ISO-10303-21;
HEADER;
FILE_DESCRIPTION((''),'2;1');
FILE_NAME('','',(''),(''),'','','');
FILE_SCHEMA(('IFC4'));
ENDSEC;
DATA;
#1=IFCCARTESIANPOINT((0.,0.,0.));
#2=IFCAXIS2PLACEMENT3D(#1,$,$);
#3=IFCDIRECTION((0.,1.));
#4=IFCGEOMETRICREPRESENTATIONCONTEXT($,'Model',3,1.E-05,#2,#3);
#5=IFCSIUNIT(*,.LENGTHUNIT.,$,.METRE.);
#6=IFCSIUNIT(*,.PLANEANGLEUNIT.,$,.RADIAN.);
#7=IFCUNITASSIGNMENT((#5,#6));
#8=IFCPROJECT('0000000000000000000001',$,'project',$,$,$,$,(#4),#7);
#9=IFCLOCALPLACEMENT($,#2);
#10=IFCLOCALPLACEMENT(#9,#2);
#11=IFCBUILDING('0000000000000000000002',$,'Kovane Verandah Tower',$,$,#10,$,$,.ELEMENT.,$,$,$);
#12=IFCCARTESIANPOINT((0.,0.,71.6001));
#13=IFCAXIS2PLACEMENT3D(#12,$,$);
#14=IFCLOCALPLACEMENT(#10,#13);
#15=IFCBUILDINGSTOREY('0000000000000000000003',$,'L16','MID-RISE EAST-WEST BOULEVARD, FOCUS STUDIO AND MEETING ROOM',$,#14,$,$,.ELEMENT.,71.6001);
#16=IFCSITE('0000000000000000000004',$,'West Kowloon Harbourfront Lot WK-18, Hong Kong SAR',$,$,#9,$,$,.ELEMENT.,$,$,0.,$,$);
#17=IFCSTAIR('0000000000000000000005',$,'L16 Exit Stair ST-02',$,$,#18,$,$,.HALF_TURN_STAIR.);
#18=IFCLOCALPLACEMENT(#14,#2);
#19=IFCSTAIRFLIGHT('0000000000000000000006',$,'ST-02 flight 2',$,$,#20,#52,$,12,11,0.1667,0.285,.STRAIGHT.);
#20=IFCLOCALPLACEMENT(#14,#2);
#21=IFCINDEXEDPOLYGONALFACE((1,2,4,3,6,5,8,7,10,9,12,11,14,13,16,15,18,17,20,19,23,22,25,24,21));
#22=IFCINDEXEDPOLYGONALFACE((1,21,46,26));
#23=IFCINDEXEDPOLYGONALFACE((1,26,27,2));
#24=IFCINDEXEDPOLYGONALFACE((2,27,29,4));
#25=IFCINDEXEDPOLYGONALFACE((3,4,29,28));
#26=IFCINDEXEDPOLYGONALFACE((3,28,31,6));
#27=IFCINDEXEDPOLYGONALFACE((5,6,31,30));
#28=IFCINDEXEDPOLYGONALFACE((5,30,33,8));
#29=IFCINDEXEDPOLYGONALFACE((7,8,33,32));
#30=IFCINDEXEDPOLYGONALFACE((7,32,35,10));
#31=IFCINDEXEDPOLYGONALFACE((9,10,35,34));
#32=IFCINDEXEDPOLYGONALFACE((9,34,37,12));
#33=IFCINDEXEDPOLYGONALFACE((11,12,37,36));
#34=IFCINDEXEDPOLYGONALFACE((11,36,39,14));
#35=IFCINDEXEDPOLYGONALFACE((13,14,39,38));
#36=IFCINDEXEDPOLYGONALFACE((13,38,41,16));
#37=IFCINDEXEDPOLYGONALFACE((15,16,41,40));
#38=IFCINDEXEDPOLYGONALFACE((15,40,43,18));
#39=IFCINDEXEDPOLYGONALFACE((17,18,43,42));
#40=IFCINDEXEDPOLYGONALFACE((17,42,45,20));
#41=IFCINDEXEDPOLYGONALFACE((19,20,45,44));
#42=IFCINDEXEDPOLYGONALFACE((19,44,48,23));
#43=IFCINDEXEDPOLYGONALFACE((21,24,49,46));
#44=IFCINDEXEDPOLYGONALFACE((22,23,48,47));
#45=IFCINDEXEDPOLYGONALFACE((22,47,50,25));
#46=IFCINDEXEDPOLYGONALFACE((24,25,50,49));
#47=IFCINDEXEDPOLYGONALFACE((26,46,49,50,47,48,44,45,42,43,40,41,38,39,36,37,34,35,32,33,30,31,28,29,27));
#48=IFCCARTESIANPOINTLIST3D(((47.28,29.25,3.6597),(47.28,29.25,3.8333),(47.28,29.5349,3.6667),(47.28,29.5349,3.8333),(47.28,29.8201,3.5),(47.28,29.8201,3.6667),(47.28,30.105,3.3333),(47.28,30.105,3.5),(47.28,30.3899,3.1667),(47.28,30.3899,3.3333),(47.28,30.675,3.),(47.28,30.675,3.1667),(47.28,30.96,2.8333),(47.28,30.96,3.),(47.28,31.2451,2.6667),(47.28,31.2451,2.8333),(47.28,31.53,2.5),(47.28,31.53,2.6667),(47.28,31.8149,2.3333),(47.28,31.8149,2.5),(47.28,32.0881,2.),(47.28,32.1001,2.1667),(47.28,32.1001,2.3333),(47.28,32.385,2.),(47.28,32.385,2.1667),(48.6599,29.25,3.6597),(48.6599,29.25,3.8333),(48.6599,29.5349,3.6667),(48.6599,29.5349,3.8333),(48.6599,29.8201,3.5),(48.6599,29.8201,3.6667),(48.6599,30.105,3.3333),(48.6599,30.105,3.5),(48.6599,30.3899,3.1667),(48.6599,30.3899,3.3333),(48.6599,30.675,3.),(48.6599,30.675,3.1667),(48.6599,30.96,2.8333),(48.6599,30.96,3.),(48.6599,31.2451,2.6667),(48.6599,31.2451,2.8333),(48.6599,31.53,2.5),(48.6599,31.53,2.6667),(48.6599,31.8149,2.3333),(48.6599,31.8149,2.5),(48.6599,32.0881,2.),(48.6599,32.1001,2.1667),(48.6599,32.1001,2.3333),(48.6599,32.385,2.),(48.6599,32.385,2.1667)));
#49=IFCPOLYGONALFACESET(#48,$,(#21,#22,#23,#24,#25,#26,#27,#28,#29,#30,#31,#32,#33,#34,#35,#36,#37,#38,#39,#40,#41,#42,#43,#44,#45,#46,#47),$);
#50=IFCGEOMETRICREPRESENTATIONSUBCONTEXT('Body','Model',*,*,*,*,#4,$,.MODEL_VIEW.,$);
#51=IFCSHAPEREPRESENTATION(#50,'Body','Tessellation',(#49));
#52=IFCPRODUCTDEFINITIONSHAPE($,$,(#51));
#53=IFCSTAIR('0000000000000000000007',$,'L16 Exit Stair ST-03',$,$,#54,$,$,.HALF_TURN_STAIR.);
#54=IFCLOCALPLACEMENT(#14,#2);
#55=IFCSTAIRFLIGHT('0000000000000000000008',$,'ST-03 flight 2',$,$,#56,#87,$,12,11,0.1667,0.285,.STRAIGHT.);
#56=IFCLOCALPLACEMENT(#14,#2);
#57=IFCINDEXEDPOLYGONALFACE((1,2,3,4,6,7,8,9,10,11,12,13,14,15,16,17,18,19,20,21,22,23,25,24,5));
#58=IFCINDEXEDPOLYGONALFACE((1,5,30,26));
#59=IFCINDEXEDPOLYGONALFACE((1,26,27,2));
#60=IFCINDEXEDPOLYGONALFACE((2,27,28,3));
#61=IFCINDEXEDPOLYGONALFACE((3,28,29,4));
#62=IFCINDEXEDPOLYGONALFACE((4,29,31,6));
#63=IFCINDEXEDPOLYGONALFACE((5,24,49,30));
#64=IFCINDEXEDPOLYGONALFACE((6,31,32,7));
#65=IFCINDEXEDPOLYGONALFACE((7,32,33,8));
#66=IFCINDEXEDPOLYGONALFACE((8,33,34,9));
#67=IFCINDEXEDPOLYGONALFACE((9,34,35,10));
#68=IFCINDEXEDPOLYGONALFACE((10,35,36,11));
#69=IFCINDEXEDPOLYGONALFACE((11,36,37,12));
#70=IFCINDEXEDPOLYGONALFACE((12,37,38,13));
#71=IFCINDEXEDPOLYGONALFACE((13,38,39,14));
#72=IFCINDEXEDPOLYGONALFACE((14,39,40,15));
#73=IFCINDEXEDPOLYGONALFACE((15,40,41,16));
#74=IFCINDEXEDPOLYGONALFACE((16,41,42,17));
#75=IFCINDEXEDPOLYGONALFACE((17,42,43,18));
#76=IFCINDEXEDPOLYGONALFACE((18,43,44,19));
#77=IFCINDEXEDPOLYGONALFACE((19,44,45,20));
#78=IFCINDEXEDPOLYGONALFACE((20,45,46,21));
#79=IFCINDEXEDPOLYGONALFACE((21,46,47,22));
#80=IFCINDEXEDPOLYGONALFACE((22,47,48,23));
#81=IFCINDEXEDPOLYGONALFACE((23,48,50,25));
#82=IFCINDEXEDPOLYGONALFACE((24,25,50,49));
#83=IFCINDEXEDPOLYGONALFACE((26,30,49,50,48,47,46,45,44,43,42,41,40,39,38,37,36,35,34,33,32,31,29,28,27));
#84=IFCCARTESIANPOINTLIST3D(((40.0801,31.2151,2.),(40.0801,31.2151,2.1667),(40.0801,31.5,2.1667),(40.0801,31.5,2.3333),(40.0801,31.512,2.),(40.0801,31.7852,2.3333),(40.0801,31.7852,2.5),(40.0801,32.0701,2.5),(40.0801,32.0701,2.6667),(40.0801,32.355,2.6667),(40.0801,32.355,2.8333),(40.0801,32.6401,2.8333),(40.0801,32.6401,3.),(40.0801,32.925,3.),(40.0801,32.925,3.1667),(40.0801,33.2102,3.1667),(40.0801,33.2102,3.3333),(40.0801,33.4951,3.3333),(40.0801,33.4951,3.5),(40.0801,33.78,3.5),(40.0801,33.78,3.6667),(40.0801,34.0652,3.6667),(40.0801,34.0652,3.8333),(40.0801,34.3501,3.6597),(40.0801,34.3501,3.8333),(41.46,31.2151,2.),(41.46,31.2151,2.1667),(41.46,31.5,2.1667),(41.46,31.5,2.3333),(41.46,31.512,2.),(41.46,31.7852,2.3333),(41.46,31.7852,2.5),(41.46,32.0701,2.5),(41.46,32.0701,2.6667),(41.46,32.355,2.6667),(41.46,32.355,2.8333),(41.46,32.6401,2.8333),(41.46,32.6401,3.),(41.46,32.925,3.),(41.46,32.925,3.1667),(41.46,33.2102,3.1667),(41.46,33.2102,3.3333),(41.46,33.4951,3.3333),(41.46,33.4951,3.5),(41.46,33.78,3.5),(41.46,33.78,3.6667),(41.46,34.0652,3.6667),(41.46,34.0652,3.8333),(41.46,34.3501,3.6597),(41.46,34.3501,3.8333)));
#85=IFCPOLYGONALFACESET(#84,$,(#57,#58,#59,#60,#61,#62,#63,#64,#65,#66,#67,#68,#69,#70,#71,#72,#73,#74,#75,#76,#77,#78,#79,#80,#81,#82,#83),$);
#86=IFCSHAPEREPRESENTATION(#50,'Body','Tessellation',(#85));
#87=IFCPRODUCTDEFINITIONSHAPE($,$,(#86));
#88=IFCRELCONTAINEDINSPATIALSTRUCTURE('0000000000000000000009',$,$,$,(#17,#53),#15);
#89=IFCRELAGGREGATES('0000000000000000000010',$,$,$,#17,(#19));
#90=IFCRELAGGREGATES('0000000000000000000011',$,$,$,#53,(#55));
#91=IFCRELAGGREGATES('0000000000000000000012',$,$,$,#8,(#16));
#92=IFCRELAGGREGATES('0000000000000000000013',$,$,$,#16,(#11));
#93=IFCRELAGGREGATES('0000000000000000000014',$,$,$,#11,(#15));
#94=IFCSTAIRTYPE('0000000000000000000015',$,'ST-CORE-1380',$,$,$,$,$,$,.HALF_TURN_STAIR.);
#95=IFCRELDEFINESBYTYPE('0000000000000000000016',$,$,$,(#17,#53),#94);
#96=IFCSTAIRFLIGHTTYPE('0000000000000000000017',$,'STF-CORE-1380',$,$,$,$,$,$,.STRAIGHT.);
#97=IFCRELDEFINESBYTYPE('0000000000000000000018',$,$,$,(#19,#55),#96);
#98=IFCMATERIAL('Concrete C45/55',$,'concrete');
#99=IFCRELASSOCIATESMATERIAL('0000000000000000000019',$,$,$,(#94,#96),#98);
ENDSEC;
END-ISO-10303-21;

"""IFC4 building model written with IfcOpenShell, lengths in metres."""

from ifc_helpers import new_model, si_unit, direction, frame, origin, place, context, subcontext, project, spatial, polyline, outline, extrude, material, type_object, element, aggregate, save


model = new_model("IFC4")

# Units and contexts
model_context = context("Model", 3, precision=1e-05, world=origin(), true_north=direction((0.0, 1.0)))
body_context = subcontext(model_context, "Body", "Model", "MODEL_VIEW")
ifc_project = project(units=[si_unit("LENGTHUNIT", "METRE"), si_unit("PLANEANGLEUNIT", "RADIAN")], contexts=[model_context])

# Site, building, storey
site_placement = place(None, origin())
site = spatial("IfcSite", under=ifc_project, at=site_placement, Name="West Kowloon Harbourfront Lot WK-18, Hong Kong SAR", CompositionType="ELEMENT", RefElevation=0.0)
building_placement = place(site_placement, origin())
building = spatial("IfcBuilding", under=site, at=building_placement, Name="Kovane Verandah Tower", CompositionType="ELEMENT")
storey_placement = place(building_placement, frame((0.0, 0.0, 71.6001)))
storey = spatial("IfcBuildingStorey", under=building, at=storey_placement, Name="L16", Description="MID-RISE EAST-WEST BOULEVARD, FOCUS STUDIO AND MEETING ROOM", CompositionType="ELEMENT", Elevation=71.6001)

# Shared definitions
ifc_material_1 = material(Name="Concrete C45/55", Category="concrete")

# Stair, stair flight
stair_type = type_object("IfcStairType", Name="ST-CORE-1380", PredefinedType="HALF_TURN_STAIR", material=ifc_material_1)
stair_1_placement = place(storey_placement, origin())
stair_1 = element("IfcStair", 1, at=stair_1_placement, inside=storey, type_object=stair_type, Name="L16 Exit Stair ST-02", PredefinedType="HALF_TURN_STAIR")
stair_flight_type = type_object("IfcStairFlightType", Name="STF-CORE-1380", PredefinedType="STRAIGHT", material=ifc_material_1)
stair_flight_1_placement = place(storey_placement, frame((47.97, 32.385, 2.0), z_axis=(0.0, 0.0, 1.0), x_axis=(0.0, -1.0, 0.0)))
stair_flight_1 = element("IfcStairFlight", 2, at=stair_flight_1_placement, type_object=stair_flight_type, Name="ST-02 flight 2", NumberOfRisers=12, NumberOfTreads=11, PredefinedType="STRAIGHT", RiserHeight=0.1667, TreadLength=0.285, context=body_context, shape_type="SweptSolid", body=[
    extrude(outline(polyline([(0.0, 0.0), (0.0, 0.1667), (0.2849, 0.1667), (0.2849, 0.3333), (0.5701, 0.3333), (0.5701, 0.5), (0.855, 0.5), (0.855, 0.6667), (1.1399, 0.6667), (1.1399, 0.8333), (1.425, 0.8333), (1.425, 1.0), (1.71, 1.0), (1.71, 1.1667), (1.9951, 1.1667), (1.9951, 1.3333), (2.28, 1.3333), (2.28, 1.5), (2.5649, 1.5), (2.5649, 1.6667), (2.8501, 1.6667), (2.8501, 1.8333), (3.135, 1.8333), (3.135, 2.0), (3.135, 1.6597), (0.2969, 0.0), (0.0, 0.0)])), frame((0.0, 0.6899, 0.0), z_axis=(0.0, -1.0, 0.0), x_axis=(1.0, 0.0, 0.0)), (0.0, 0.0, 1.0), 1.3799),
])
aggregate(stair_1, [stair_flight_1])

# Stair, stair flight
stair_2_placement = place(storey_placement, origin())
stair_2 = element("IfcStair", 3, at=stair_2_placement, inside=storey, type_object=stair_type, Name="L16 Exit Stair ST-03", PredefinedType="HALF_TURN_STAIR")
stair_flight_2_placement = place(storey_placement, frame((40.77, 31.2151, 2.0), z_axis=(0.0, 0.0, 1.0), x_axis=(0.0, 1.0, 0.0)))
stair_flight_2 = element("IfcStairFlight", 4, at=stair_flight_2_placement, type_object=stair_flight_type, Name="ST-03 flight 2", NumberOfRisers=12, NumberOfTreads=11, PredefinedType="STRAIGHT", RiserHeight=0.1667, TreadLength=0.285, context=body_context, shape_type="SweptSolid", body=[
    extrude(outline(polyline([(0.0, 0.0), (0.0, 0.1667), (0.2849, 0.1667), (0.2849, 0.3333), (0.5701, 0.3333), (0.5701, 0.5), (0.855, 0.5), (0.855, 0.6667), (1.1399, 0.6667), (1.1399, 0.8333), (1.425, 0.8333), (1.425, 1.0), (1.71, 1.0), (1.71, 1.1667), (1.9951, 1.1667), (1.9951, 1.3333), (2.28, 1.3333), (2.28, 1.5), (2.5649, 1.5), (2.5649, 1.6667), (2.8501, 1.6667), (2.8501, 1.8333), (3.135, 1.8333), (3.135, 2.0), (3.135, 1.6597), (0.2969, 0.0), (0.0, 0.0)])), frame((0.0, 0.6899, 0.0), z_axis=(0.0, -1.0, 0.0), x_axis=(1.0, 0.0, 0.0)), (0.0, 0.0, 1.0), 1.3799),
])
aggregate(stair_2, [stair_flight_2])

save(model, "model.ifc")
